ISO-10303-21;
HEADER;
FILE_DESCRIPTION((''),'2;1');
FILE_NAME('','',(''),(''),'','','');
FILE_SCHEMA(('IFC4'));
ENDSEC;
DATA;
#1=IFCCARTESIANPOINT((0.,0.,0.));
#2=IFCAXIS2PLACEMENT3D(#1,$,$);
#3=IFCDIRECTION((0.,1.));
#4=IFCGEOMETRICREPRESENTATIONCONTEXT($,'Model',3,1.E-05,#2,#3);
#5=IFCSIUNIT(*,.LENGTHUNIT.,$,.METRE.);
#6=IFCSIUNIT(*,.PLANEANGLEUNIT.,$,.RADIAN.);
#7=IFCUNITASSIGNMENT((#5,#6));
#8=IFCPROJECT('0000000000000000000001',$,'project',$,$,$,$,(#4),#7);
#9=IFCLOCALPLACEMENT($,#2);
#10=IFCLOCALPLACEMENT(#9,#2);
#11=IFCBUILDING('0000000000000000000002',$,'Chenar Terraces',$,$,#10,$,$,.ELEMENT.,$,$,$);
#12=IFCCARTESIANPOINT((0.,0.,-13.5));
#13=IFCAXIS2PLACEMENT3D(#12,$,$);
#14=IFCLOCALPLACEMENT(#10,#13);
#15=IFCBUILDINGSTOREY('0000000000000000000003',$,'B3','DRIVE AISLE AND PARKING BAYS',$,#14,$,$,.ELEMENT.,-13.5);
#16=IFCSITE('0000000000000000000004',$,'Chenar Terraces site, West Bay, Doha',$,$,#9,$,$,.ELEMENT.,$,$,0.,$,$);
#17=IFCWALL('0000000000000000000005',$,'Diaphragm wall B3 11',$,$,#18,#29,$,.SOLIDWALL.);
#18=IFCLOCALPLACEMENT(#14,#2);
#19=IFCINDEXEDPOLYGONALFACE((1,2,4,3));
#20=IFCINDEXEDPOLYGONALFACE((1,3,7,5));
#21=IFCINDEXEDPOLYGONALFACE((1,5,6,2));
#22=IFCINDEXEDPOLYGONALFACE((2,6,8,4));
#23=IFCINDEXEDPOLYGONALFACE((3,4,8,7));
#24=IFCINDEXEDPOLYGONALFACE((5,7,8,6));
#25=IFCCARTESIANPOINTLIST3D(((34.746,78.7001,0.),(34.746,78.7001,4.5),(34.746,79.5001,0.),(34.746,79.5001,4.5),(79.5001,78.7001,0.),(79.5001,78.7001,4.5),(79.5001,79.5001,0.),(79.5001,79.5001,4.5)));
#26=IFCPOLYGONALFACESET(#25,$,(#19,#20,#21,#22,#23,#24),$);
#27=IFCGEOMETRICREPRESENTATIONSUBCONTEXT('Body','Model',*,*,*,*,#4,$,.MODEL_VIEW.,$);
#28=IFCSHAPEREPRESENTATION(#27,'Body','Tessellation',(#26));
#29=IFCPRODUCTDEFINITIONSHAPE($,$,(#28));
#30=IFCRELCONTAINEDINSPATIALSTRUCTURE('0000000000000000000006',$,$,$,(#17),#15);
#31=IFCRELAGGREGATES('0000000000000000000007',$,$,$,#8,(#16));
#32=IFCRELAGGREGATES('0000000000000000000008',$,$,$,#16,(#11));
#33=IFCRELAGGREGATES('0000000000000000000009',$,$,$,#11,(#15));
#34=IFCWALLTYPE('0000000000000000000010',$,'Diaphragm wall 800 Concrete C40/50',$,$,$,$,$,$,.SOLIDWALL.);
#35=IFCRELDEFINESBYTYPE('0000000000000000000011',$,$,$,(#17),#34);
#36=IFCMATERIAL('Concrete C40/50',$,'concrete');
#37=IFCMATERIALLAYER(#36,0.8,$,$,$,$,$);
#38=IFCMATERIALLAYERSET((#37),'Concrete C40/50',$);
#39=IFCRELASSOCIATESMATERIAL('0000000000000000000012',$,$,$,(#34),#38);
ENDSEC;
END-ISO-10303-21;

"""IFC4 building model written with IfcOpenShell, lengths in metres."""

from ifc_helpers import new_model, si_unit, direction, frame, frame_2d, origin, place, context, subcontext, project, spatial, rectangle, extrude, material, layer, layer_set, type_object, element, save


model = new_model("IFC4")

# Units and contexts
model_context = context("Model", 3, precision=1e-05, world=origin(), true_north=direction((0.0, 1.0)))
body_context = subcontext(model_context, "Body", "Model", "MODEL_VIEW")
ifc_project = project(units=[si_unit("LENGTHUNIT", "METRE"), si_unit("PLANEANGLEUNIT", "RADIAN")], contexts=[model_context])

# Site, building, storey
site_placement = place(None, origin())
site = spatial("IfcSite", under=ifc_project, at=site_placement, Name="Chenar Terraces site, West Bay, Doha", CompositionType="ELEMENT", RefElevation=0.0)
building_placement = place(site_placement, origin())
building = spatial("IfcBuilding", under=site, at=building_placement, Name="Chenar Terraces", CompositionType="ELEMENT")
storey_placement = place(building_placement, frame((0.0, 0.0, -13.5)))
storey = spatial("IfcBuildingStorey", under=building, at=storey_placement, Name="B3", Description="DRIVE AISLE AND PARKING BAYS", CompositionType="ELEMENT", Elevation=-13.5)

# Wall
ifc_material_1 = material(Name="Concrete C40/50", Category="concrete")
ifc_layer = layer(ifc_material_1, 0.8)
ifc_layer_set = layer_set([ifc_layer], Name="Concrete C40/50")
wall_type = type_object("IfcWallType", Name="Diaphragm wall 800 Concrete C40/50", PredefinedType="SOLIDWALL", material=ifc_layer_set)
wall_placement = place(storey_placement, frame((79.5, 79.1001, 0.0), z_axis=(0.0, 0.0, 1.0), x_axis=(-1.0, 0.0, 0.0)))
element("IfcWall", 1, at=wall_placement, inside=storey, type_object=wall_type, Name="Diaphragm wall B3 11", PredefinedType="SOLIDWALL", context=body_context, shape_type="SweptSolid", body=[
    extrude(rectangle(XDim=44.7542, YDim=0.8, at=frame_2d((22.377, 0.0))), origin(), (0.0, 0.0, 1.0), 4.5),
])

save(model, "model.ifc")
